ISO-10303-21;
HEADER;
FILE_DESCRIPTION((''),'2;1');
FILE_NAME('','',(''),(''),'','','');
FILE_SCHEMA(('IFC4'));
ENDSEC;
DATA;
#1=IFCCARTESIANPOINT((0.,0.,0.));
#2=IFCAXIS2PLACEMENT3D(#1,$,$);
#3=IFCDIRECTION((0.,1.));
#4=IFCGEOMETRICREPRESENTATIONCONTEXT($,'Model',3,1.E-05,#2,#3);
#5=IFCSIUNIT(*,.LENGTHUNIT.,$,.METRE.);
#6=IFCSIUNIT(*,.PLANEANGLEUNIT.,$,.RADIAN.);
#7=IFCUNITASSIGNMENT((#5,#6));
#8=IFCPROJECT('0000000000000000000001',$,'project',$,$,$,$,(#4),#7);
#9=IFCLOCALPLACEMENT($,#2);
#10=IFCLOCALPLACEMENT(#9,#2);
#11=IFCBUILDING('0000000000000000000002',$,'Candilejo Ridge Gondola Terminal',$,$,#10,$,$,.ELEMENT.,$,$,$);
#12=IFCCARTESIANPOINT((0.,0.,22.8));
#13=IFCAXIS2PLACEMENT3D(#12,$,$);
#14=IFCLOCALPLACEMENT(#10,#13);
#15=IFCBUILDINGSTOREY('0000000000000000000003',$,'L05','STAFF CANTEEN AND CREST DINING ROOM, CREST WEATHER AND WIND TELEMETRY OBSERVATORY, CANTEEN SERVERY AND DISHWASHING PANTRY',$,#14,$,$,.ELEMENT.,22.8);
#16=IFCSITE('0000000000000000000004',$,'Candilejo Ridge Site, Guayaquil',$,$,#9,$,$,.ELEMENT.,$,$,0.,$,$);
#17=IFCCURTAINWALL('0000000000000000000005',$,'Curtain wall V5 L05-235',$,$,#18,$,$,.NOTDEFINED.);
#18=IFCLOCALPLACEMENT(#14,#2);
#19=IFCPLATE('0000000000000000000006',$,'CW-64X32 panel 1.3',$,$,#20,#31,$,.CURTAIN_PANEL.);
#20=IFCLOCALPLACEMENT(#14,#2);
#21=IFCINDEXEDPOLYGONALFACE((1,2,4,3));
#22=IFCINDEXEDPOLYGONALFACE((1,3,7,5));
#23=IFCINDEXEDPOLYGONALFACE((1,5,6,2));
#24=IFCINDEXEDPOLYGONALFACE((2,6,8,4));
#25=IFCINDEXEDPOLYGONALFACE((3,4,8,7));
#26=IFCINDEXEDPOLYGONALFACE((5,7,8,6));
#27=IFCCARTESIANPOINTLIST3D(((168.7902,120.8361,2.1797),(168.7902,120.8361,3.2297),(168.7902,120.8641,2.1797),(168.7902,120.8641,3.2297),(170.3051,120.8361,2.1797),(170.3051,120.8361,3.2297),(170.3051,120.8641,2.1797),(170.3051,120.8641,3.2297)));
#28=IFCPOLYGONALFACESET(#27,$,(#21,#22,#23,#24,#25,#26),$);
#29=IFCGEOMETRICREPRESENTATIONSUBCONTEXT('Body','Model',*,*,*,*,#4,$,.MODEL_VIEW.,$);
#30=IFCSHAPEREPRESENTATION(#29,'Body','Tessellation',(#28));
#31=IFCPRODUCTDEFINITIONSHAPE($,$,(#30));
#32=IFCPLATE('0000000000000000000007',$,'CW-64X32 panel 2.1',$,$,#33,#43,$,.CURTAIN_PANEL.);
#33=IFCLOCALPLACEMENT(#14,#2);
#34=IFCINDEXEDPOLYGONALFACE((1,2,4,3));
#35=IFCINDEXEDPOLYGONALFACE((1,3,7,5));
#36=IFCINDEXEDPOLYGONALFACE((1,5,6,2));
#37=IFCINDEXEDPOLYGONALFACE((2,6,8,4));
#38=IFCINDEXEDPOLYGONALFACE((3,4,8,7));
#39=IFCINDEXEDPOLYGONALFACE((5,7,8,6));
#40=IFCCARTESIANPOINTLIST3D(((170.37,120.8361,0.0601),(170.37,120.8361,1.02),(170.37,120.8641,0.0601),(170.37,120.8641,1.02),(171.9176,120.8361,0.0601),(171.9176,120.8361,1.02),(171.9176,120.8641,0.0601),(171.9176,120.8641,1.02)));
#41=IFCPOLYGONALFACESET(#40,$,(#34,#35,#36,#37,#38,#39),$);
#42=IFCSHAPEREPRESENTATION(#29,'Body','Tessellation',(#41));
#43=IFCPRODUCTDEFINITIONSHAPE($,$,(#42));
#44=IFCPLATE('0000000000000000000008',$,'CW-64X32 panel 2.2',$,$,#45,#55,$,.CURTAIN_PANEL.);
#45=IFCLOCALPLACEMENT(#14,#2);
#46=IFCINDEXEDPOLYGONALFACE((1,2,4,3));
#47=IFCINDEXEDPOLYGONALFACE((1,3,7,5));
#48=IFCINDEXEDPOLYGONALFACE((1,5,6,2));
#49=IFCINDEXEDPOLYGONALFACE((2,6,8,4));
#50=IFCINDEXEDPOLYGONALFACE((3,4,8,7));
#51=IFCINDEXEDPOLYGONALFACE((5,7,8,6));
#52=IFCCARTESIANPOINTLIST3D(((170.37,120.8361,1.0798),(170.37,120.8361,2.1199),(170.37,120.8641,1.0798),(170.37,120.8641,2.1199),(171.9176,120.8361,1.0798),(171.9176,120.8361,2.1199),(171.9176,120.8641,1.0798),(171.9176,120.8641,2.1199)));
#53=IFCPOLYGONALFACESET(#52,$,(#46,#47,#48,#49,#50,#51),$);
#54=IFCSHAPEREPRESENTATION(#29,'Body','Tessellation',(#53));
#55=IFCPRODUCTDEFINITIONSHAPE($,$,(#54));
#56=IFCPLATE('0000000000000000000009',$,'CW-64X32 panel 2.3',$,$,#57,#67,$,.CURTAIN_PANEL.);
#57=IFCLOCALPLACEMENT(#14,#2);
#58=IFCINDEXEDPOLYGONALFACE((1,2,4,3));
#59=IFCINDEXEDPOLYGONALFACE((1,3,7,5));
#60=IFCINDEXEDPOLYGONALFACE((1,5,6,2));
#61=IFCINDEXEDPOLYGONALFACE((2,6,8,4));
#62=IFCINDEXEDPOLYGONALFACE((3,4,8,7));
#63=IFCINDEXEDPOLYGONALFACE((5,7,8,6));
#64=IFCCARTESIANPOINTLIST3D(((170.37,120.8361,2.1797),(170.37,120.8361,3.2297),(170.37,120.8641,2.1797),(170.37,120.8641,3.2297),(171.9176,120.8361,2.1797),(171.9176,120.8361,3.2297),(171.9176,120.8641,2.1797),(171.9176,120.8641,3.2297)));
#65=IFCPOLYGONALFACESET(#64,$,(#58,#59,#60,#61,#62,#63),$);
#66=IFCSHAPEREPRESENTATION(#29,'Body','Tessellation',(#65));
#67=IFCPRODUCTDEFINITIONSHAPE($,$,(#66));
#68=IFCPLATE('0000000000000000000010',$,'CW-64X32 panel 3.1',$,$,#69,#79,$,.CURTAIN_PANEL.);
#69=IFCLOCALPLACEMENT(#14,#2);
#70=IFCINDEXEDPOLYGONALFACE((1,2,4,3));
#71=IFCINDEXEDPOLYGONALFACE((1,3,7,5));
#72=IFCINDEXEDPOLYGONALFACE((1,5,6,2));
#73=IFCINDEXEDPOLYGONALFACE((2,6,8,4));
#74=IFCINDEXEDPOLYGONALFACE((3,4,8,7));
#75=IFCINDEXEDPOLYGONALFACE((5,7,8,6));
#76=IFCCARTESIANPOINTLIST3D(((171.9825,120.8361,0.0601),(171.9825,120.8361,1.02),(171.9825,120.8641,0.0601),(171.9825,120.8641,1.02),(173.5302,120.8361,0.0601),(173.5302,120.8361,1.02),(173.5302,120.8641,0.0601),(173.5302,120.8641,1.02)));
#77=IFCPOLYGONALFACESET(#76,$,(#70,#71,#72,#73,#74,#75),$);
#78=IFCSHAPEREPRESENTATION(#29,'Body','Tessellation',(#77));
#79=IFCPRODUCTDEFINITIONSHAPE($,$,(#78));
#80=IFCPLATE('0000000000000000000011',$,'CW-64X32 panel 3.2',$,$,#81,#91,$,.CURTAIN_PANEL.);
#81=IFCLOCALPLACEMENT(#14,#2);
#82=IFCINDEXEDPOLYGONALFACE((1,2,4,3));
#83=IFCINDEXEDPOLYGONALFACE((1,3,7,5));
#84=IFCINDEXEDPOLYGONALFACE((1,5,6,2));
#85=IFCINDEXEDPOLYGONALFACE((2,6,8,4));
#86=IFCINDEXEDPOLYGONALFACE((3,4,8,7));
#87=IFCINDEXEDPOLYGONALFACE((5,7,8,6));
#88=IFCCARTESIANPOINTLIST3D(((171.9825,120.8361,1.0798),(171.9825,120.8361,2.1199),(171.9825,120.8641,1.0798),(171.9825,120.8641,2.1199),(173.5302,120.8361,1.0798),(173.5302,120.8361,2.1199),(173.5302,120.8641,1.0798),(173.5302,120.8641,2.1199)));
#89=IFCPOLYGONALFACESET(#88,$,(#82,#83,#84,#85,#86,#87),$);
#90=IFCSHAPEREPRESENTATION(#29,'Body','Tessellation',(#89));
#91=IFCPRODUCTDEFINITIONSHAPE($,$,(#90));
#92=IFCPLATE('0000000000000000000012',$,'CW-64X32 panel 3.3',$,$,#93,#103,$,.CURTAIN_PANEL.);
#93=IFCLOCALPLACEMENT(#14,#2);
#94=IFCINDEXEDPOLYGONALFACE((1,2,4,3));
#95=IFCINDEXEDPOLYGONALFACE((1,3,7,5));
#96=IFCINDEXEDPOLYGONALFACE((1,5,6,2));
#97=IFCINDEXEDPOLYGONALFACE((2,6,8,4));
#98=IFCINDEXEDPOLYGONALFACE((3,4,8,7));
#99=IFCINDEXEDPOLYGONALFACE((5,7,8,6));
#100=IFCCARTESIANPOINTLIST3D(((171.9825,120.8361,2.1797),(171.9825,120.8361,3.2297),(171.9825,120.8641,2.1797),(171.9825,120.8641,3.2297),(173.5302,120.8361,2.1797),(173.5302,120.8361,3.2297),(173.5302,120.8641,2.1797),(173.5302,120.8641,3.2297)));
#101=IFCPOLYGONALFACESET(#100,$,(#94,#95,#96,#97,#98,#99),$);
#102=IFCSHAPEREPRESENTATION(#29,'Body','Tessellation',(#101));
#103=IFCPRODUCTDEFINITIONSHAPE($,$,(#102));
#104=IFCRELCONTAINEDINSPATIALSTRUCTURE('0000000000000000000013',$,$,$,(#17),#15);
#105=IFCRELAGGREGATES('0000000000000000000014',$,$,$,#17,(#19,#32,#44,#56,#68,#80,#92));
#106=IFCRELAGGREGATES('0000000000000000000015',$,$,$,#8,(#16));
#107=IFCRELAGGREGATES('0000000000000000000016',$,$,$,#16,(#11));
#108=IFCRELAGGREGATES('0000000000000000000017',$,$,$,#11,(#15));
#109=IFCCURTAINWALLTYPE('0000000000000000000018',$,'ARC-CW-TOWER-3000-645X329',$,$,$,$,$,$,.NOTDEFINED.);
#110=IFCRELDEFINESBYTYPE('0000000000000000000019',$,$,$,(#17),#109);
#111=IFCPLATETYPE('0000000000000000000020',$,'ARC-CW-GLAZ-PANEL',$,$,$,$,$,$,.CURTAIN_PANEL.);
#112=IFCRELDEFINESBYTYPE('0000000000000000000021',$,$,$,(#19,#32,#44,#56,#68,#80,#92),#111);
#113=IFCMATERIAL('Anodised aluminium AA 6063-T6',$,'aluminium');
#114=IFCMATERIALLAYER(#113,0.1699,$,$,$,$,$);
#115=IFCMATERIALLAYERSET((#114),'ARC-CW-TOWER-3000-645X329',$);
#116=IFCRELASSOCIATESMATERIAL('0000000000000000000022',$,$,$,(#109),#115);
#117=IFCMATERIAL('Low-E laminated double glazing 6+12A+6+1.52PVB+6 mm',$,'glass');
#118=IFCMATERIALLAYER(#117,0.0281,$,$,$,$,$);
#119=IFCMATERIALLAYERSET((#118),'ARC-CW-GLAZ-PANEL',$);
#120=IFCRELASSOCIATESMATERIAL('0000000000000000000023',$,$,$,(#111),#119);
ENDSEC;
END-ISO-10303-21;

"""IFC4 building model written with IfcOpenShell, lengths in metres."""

from ifc_helpers import new_model, si_unit, direction, frame, origin, origin_2d, place, context, subcontext, project, spatial, rectangle, extrude, material, layer, layer_set, type_object, element, aggregate, save


model = new_model("IFC4")

# Units and contexts
model_context = context("Model", 3, precision=1e-05, world=origin(), true_north=direction((0.0, 1.0)))
body_context = subcontext(model_context, "Body", "Model", "MODEL_VIEW")
ifc_project = project(units=[si_unit("LENGTHUNIT", "METRE"), si_unit("PLANEANGLEUNIT", "RADIAN")], contexts=[model_context])

# Site, building, storey
site_placement = place(None, origin())
site = spatial("IfcSite", under=ifc_project, at=site_placement, Name="Candilejo Ridge Site, Guayaquil", CompositionType="ELEMENT", RefElevation=0.0)
building_placement = place(site_placement, origin())
building = spatial("IfcBuilding", under=site, at=building_placement, Name="Candilejo Ridge Gondola Terminal", CompositionType="ELEMENT")
storey_placement = place(building_placement, frame((0.0, 0.0, 22.8)))
storey = spatial("IfcBuildingStorey", under=building, at=storey_placement, Name="L05", Description="STAFF CANTEEN AND CREST DINING ROOM, CREST WEATHER AND WIND TELEMETRY OBSERVATORY, CANTEEN SERVERY AND DISHWASHING PANTRY", CompositionType="ELEMENT", Elevation=22.8)

# Curtain wall, plates
ifc_material_1 = material(Name="Anodised aluminium AA 6063-T6", Category="aluminium")
ifc_layer_1 = layer(ifc_material_1, 0.1699)
ifc_layer_set_1 = layer_set([ifc_layer_1], Name="ARC-CW-TOWER-3000-645X329")
curtain_wall_type = type_object("IfcCurtainWallType", Name="ARC-CW-TOWER-3000-645X329", PredefinedType="NOTDEFINED", material=ifc_layer_set_1)
curtain_wall_placement = place(storey_placement, origin())
curtain_wall = element("IfcCurtainWall", 1, at=curtain_wall_placement, inside=storey, type_object=curtain_wall_type, Name="Curtain wall V5 L05-235", PredefinedType="NOTDEFINED")
ifc_material_2 = material(Name="Low-E laminated double glazing 6+12A+6+1.52PVB+6 mm", Category="glass")
ifc_layer_2 = layer(ifc_material_2, 0.0281)
ifc_layer_set_2 = layer_set([ifc_layer_2], Name="ARC-CW-GLAZ-PANEL")
plate_type = type_object("IfcPlateType", Name="ARC-CW-GLAZ-PANEL", PredefinedType="CURTAIN_PANEL", material=ifc_layer_set_2)
plate_1_placement = place(storey_placement, frame((169.5476, 120.8501, 2.1797), z_axis=(0.0, 0.0, 1.0), x_axis=(1.0, 0.0, 0.0)))
plate_1 = element("IfcPlate", 2, at=plate_1_placement, type_object=plate_type, Name="CW-64X32 panel 1.3", PredefinedType="CURTAIN_PANEL", context=body_context, shape_type="SweptSolid", body=[
    extrude(rectangle(XDim=1.5149, YDim=0.0281, at=origin_2d()), origin(), (0.0, 0.0, 1.0), 1.05),
])
plate_2_placement = place(storey_placement, frame((171.1438, 120.8501, 0.0601), z_axis=(0.0, 0.0, 1.0), x_axis=(1.0, 0.0, 0.0)))
plate_2 = element("IfcPlate", 3, at=plate_2_placement, type_object=plate_type, Name="CW-64X32 panel 2.1", PredefinedType="CURTAIN_PANEL", context=body_context, shape_type="SweptSolid", body=[
    extrude(rectangle(XDim=1.5476, YDim=0.0281, at=origin_2d()), origin(), (0.0, 0.0, 1.0), 0.96),
])
plate_3_placement = place(storey_placement, frame((171.1438, 120.8501, 1.0798), z_axis=(0.0, 0.0, 1.0), x_axis=(1.0, 0.0, 0.0)))
plate_3 = element("IfcPlate", 4, at=plate_3_placement, type_object=plate_type, Name="CW-64X32 panel 2.2", PredefinedType="CURTAIN_PANEL", context=body_context, shape_type="SweptSolid", body=[
    extrude(rectangle(XDim=1.5476, YDim=0.0281, at=origin_2d()), origin(), (0.0, 0.0, 1.0), 1.04),
])
plate_4_placement = place(storey_placement, frame((171.1438, 120.8501, 2.1797), z_axis=(0.0, 0.0, 1.0), x_axis=(1.0, 0.0, 0.0)))
plate_4 = element("IfcPlate", 5, at=plate_4_placement, type_object=plate_type, Name="CW-64X32 panel 2.3", PredefinedType="CURTAIN_PANEL", context=body_context, shape_type="SweptSolid", body=[
    extrude(rectangle(XDim=1.5476, YDim=0.0281, at=origin_2d()), origin(), (0.0, 0.0, 1.0), 1.05),
])
plate_5_placement = place(storey_placement, frame((172.7563, 120.8501, 0.0601), z_axis=(0.0, 0.0, 1.0), x_axis=(1.0, 0.0, 0.0)))
plate_5 = element("IfcPlate", 6, at=plate_5_placement, type_object=plate_type, Name="CW-64X32 panel 3.1", PredefinedType="CURTAIN_PANEL", context=body_context, shape_type="SweptSolid", body=[
    extrude(rectangle(XDim=1.5476, YDim=0.0281, at=origin_2d()), origin(), (0.0, 0.0, 1.0), 0.96),
])
plate_6_placement = place(storey_placement, frame((172.7563, 120.8501, 1.0798), z_axis=(0.0, 0.0, 1.0), x_axis=(1.0, 0.0, 0.0)))
plate_6 = element("IfcPlate", 7, at=plate_6_placement, type_object=plate_type, Name="CW-64X32 panel 3.2", PredefinedType="CURTAIN_PANEL", context=body_context, shape_type="SweptSolid", body=[
    extrude(rectangle(XDim=1.5476, YDim=0.0281, at=origin_2d()), origin(), (0.0, 0.0, 1.0), 1.04),
])
plate_7_placement = place(storey_placement, frame((172.7563, 120.8501, 2.1797), z_axis=(0.0, 0.0, 1.0), x_axis=(1.0, 0.0, 0.0)))
plate_7 = element("IfcPlate", 8, at=plate_7_placement, type_object=plate_type, Name="CW-64X32 panel 3.3", PredefinedType="CURTAIN_PANEL", context=body_context, shape_type="SweptSolid", body=[
    extrude(rectangle(XDim=1.5476, YDim=0.0281, at=origin_2d()), origin(), (0.0, 0.0, 1.0), 1.05),
])
aggregate(curtain_wall, [plate_1, plate_2, plate_3, plate_4, plate_5, plate_6, plate_7])

save(model, "model.ifc")
